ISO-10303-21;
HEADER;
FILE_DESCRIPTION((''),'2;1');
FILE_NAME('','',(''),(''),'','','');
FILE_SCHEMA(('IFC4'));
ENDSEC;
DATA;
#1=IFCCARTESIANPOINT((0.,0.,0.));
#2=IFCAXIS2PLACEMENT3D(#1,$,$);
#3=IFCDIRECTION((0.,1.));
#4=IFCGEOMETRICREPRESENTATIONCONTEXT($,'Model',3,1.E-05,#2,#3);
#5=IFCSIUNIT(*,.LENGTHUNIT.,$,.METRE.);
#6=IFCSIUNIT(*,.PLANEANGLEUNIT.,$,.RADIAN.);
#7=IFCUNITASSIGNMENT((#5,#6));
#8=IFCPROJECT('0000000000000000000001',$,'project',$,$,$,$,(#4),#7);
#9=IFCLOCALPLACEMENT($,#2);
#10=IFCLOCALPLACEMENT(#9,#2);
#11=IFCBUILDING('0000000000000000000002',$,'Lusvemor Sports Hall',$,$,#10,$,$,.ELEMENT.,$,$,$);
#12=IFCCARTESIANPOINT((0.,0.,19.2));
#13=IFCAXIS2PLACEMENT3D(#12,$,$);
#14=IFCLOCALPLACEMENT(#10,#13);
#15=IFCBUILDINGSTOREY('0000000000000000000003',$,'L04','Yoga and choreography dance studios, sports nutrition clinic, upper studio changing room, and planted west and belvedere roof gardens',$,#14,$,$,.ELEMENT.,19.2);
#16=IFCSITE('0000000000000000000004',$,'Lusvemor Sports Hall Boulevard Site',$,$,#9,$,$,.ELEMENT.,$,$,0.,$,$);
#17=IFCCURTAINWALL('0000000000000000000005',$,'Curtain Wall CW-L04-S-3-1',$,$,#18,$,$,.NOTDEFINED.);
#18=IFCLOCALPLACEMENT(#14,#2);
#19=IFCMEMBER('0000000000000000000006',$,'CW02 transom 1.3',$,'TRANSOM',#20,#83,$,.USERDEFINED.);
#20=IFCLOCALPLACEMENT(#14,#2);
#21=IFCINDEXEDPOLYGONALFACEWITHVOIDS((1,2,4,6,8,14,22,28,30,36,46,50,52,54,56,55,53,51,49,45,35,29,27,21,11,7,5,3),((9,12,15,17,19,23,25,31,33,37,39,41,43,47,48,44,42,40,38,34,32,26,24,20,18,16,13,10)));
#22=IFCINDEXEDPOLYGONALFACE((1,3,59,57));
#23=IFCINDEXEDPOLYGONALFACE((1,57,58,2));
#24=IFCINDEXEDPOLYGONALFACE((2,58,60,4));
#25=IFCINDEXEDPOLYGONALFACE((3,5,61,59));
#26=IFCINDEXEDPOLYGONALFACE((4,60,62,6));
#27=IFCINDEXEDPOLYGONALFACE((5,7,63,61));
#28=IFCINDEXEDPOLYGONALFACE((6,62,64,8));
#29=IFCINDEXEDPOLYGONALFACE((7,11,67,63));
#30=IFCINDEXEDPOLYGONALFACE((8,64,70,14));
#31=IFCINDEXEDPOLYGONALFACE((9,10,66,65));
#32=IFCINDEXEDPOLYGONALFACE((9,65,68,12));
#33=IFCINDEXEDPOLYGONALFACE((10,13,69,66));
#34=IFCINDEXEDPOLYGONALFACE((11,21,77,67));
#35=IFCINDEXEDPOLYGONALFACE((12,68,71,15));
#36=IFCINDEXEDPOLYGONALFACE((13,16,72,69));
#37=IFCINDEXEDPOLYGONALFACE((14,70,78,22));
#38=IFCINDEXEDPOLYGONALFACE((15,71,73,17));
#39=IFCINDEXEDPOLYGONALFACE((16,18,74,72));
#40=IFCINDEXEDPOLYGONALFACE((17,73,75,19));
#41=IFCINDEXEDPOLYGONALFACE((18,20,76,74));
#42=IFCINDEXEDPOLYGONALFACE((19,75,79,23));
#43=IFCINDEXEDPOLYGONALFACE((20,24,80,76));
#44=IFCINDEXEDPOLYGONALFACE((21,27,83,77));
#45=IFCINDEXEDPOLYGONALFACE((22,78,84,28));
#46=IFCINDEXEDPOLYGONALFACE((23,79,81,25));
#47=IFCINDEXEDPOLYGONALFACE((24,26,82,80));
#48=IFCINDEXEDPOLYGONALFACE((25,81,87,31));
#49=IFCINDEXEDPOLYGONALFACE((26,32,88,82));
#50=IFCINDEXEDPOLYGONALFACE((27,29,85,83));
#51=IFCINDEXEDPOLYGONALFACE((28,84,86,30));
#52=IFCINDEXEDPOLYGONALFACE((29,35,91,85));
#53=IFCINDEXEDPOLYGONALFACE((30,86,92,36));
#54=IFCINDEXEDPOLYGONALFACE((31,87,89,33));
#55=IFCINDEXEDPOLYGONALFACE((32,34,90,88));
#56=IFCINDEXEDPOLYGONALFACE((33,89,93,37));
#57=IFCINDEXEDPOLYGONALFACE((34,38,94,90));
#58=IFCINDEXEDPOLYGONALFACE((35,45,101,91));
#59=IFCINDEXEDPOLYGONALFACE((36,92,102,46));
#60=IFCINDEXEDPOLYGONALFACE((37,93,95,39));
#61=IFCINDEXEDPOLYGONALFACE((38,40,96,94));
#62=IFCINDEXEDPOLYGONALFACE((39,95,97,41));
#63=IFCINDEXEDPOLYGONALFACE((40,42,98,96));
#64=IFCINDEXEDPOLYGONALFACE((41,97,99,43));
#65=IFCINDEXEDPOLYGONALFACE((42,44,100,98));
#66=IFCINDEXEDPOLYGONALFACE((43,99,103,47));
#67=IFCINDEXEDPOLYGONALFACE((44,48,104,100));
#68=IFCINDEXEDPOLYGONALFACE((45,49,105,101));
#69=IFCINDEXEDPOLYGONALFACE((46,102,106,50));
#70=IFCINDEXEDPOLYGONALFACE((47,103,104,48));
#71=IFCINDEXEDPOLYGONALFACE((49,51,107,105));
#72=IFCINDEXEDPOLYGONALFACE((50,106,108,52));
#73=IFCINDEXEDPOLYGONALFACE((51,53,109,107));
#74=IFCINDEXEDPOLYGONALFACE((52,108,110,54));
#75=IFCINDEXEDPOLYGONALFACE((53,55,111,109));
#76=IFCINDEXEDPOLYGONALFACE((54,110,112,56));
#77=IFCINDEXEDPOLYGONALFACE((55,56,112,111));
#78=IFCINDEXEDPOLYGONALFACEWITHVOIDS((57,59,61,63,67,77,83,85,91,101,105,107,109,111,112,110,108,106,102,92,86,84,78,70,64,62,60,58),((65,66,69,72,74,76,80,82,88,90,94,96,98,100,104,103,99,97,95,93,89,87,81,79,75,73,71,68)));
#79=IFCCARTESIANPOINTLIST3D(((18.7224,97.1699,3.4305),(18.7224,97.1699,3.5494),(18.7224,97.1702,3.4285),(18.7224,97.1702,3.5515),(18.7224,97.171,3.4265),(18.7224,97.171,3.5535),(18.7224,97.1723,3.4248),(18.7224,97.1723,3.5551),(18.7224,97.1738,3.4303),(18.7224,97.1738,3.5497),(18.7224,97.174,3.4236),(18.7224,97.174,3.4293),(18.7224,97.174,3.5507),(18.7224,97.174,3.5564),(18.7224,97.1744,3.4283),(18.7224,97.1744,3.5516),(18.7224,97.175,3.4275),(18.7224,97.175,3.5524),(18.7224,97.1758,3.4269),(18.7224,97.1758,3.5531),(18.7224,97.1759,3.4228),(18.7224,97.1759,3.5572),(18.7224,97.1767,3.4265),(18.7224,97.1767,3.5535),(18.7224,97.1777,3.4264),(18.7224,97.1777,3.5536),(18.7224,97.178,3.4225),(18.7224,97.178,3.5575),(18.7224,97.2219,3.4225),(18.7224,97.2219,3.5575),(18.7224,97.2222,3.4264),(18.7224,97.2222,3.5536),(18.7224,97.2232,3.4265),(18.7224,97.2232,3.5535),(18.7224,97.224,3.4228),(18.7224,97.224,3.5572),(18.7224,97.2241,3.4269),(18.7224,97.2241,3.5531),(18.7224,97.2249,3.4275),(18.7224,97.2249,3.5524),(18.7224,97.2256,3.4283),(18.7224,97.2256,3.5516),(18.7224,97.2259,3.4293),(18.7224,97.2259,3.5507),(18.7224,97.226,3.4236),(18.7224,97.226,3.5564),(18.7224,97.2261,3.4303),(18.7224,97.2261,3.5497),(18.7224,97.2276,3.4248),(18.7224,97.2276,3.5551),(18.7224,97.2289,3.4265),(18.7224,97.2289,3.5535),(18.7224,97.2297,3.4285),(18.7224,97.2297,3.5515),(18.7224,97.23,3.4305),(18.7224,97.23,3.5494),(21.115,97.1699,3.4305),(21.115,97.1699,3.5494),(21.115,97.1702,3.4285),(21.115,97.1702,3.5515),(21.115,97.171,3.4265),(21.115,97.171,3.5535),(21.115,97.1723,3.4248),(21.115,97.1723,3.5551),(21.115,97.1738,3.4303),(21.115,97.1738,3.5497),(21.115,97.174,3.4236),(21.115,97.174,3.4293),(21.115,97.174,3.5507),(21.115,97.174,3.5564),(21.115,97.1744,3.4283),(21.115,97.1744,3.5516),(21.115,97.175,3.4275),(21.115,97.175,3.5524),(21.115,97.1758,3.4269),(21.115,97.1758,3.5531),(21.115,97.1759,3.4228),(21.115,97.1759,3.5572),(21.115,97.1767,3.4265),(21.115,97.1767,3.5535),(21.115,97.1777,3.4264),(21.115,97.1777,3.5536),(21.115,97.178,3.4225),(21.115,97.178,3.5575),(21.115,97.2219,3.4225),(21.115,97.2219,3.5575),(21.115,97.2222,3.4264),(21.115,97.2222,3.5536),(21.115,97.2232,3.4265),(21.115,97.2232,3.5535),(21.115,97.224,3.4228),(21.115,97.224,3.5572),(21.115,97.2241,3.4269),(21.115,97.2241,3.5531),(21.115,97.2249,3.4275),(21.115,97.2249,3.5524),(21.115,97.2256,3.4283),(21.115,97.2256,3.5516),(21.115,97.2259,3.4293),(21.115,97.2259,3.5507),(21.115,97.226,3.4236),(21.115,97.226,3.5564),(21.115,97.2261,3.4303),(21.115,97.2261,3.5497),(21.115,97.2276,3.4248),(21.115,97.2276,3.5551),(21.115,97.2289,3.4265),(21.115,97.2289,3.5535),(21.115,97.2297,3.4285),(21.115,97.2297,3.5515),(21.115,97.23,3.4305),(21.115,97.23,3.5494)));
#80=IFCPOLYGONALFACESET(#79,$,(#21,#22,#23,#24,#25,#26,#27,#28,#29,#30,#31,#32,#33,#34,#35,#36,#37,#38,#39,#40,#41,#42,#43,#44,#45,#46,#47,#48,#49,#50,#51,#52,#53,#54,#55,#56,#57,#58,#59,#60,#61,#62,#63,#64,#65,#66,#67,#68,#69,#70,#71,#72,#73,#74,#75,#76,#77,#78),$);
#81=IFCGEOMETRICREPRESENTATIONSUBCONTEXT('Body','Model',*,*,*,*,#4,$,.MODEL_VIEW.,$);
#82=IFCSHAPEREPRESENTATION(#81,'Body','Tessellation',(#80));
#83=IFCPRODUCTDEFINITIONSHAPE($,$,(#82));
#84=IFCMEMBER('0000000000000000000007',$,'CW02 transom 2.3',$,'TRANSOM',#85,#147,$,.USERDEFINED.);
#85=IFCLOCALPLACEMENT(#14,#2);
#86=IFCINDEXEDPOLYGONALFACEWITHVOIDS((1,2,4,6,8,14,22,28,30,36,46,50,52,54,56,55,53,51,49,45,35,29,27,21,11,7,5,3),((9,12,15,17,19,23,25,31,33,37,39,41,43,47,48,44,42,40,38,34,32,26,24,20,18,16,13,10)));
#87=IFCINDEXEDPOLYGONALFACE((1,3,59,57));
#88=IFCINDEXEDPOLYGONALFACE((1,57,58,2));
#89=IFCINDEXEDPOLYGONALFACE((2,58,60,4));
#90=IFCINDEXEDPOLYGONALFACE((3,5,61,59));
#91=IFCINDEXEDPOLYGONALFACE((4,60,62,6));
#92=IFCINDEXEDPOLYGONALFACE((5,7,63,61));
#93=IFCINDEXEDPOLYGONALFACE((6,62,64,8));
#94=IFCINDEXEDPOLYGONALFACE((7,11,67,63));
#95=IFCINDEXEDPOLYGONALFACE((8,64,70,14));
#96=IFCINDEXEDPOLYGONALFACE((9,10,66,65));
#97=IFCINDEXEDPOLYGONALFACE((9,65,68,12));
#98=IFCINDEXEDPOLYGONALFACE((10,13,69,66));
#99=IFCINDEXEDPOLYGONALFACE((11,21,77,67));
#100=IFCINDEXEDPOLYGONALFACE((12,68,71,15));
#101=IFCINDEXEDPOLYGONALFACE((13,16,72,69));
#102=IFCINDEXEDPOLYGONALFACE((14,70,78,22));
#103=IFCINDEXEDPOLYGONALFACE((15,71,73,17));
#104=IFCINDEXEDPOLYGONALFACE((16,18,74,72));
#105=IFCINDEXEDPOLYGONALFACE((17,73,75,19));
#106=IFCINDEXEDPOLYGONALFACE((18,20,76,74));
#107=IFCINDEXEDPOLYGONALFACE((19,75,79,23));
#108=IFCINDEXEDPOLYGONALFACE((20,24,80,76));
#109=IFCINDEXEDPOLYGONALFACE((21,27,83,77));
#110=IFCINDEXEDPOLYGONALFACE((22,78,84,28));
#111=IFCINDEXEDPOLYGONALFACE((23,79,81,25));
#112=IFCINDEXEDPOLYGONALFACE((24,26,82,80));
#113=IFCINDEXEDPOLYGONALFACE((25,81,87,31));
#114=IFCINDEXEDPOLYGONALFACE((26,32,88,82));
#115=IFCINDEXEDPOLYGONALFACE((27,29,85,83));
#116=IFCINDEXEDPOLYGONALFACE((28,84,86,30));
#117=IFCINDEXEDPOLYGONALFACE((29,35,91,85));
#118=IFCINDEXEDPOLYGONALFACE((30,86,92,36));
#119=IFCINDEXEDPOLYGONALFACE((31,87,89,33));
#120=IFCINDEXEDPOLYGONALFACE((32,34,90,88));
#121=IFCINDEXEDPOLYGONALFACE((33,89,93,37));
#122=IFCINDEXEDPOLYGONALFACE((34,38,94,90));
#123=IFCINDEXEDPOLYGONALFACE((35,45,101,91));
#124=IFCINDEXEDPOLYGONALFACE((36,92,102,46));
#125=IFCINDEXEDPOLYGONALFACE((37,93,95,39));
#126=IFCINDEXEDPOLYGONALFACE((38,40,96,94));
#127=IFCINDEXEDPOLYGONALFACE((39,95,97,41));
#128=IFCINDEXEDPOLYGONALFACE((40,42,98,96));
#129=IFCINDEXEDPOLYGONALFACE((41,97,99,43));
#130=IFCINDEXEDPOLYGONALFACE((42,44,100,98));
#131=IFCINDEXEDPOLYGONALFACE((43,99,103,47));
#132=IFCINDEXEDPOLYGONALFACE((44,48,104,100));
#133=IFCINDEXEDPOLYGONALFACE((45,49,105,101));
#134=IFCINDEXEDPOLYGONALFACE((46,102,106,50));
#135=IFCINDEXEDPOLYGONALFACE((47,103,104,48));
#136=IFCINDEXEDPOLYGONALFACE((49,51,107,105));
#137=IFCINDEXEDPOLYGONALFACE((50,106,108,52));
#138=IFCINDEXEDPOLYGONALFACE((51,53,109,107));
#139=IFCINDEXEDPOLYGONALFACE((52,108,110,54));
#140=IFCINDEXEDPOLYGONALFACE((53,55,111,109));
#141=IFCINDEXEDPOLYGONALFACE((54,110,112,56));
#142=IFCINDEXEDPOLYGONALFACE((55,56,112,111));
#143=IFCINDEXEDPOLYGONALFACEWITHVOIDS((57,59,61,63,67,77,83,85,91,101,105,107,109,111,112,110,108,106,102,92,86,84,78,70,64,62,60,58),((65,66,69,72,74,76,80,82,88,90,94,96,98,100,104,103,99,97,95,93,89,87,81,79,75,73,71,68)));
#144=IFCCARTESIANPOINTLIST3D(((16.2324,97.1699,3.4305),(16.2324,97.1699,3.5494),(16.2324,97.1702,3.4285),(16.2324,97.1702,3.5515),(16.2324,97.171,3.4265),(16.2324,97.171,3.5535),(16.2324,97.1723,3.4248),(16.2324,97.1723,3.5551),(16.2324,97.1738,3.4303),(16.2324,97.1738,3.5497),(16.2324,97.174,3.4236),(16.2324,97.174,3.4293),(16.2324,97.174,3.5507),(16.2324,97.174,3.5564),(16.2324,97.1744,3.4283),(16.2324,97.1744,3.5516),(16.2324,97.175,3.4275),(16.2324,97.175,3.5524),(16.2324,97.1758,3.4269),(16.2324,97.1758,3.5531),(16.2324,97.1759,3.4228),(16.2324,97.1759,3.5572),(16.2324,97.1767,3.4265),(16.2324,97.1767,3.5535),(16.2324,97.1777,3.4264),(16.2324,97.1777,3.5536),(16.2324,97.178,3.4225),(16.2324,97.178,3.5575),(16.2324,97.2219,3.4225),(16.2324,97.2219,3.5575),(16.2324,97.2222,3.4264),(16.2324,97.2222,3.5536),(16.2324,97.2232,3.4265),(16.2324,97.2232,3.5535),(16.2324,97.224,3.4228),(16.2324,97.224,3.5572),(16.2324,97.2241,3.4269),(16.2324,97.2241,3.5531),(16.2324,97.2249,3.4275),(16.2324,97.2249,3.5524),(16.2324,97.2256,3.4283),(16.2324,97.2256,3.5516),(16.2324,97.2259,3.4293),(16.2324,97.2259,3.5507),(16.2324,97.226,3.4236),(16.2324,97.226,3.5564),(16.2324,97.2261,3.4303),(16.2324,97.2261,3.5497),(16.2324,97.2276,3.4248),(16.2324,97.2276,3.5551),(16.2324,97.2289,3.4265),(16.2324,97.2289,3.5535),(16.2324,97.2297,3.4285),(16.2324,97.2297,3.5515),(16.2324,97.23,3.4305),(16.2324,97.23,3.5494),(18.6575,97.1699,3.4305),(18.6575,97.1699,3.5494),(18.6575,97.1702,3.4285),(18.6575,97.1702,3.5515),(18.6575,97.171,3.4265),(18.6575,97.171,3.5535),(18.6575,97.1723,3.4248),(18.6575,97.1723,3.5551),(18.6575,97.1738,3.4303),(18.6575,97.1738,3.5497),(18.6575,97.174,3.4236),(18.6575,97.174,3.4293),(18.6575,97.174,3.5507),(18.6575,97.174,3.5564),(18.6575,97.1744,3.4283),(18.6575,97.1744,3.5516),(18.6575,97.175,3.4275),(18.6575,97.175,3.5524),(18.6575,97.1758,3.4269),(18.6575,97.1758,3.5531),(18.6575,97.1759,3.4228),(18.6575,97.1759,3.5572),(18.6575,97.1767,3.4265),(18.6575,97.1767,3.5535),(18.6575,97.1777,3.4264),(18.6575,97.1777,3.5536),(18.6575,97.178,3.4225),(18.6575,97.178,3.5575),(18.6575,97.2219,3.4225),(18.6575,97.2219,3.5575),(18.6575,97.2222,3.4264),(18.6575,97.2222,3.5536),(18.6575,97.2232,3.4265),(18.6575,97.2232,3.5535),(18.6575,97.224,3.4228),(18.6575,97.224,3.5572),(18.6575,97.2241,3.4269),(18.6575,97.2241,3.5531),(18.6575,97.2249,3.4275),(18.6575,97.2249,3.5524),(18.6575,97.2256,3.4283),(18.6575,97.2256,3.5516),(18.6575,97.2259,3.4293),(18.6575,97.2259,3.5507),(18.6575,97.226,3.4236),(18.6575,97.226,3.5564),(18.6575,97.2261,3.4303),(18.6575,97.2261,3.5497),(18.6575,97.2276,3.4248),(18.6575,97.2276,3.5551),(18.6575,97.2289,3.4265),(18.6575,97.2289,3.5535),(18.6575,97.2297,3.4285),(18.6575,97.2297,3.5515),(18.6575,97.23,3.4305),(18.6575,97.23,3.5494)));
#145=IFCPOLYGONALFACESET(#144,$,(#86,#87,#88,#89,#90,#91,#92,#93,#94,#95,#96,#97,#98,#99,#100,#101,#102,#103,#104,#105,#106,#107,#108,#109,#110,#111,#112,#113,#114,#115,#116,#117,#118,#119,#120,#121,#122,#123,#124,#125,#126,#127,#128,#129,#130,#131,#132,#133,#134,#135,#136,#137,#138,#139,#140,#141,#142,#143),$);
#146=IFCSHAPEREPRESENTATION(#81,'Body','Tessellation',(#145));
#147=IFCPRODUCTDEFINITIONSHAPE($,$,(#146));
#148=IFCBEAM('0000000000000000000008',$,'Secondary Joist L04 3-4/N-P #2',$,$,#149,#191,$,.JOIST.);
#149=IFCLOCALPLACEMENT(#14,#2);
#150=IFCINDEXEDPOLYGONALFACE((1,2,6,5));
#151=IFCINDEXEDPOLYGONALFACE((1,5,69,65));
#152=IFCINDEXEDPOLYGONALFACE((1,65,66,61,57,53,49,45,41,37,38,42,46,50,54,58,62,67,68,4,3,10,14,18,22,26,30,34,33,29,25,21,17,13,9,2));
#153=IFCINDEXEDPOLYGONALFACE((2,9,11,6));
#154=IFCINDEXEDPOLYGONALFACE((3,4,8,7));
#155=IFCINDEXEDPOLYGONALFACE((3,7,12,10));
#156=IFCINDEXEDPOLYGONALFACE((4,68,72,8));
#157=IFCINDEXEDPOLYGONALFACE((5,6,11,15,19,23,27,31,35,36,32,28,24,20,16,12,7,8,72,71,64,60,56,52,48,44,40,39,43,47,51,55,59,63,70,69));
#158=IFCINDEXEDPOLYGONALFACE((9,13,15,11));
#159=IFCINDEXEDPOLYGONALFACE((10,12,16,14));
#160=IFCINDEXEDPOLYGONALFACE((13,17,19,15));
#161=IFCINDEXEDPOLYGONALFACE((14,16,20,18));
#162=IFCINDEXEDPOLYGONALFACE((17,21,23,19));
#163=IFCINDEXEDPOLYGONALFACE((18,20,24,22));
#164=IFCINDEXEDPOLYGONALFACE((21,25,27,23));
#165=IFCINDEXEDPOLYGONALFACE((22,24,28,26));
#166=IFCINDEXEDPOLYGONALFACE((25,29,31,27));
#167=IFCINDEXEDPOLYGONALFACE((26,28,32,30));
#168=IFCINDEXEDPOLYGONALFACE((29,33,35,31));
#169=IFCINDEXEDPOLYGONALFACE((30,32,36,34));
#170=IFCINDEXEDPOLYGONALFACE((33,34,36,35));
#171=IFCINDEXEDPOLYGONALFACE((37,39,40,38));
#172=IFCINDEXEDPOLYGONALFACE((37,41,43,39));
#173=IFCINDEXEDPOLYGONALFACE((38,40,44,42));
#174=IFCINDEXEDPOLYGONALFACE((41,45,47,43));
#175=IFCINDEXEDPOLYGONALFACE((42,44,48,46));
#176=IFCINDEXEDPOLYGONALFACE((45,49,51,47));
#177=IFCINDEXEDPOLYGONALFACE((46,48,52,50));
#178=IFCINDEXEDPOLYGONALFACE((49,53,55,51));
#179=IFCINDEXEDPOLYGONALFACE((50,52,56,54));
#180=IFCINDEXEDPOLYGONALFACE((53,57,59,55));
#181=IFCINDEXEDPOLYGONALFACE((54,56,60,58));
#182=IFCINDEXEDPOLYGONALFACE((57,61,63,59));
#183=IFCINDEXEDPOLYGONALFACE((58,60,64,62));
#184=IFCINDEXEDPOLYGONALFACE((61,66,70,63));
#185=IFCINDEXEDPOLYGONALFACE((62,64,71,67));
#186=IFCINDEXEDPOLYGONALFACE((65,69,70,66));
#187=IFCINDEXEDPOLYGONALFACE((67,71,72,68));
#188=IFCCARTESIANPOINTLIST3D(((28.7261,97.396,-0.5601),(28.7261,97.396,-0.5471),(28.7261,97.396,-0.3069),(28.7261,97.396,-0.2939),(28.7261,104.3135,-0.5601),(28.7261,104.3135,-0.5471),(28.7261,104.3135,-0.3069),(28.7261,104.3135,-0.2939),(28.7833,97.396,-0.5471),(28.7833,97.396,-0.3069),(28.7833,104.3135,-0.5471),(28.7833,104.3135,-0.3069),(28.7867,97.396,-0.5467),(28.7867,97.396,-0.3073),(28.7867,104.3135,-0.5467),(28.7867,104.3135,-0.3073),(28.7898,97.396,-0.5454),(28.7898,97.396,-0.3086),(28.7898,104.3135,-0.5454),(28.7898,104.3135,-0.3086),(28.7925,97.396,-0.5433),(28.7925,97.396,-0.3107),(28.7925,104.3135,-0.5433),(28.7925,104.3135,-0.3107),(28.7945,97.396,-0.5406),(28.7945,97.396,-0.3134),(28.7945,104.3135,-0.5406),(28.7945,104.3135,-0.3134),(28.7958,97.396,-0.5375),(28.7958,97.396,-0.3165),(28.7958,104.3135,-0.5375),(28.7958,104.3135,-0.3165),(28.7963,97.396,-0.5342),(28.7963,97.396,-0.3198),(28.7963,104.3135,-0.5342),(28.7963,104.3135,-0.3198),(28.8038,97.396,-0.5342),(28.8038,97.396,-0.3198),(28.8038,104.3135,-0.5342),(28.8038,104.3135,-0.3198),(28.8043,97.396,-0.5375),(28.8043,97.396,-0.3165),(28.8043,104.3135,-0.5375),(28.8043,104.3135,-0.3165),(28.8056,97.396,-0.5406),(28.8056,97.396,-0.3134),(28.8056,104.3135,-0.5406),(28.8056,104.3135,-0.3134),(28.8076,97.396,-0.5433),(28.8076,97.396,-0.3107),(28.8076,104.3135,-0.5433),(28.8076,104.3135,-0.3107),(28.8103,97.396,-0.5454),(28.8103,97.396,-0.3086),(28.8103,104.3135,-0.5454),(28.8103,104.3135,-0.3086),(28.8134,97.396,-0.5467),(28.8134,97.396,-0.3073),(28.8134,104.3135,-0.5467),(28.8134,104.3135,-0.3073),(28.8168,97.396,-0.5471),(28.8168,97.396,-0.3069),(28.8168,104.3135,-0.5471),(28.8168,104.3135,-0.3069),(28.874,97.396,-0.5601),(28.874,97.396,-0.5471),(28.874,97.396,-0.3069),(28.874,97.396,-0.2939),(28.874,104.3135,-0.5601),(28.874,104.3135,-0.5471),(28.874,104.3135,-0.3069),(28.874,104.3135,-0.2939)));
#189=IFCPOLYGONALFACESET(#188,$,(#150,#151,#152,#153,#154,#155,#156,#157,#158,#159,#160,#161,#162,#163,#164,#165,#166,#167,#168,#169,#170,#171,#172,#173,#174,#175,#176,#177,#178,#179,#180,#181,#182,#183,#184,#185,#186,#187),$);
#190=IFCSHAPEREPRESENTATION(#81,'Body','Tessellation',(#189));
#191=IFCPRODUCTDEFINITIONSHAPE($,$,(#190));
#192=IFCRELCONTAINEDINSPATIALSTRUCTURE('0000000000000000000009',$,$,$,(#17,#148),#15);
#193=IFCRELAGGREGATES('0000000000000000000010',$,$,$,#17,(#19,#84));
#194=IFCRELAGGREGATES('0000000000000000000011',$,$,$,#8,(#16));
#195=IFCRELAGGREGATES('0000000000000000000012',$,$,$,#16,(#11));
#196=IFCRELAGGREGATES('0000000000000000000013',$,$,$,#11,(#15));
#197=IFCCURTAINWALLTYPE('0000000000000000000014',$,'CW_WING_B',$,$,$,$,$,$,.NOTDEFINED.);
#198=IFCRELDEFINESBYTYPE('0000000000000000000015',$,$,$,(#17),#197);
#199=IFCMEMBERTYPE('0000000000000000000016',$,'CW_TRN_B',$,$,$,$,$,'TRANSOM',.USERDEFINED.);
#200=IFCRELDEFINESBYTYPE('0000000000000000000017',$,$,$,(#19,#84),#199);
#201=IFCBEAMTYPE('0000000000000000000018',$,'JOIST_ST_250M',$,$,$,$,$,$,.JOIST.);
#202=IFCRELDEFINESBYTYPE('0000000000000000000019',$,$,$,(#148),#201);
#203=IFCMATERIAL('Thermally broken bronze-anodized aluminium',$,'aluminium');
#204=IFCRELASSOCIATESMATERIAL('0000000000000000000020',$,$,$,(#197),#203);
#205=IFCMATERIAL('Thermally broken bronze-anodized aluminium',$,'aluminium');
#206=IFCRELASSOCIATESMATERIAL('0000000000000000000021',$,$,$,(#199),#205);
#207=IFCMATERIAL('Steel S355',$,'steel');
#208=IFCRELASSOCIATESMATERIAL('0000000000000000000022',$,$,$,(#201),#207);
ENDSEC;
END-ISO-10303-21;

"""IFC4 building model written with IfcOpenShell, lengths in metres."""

from ifc_helpers import new_model, si_unit, direction, frame, origin, origin_2d, place, context, subcontext, project, spatial, hollow_rectangle, i_section, extrude, material, material_profile, profile_set, type_object, element, aggregate, save


model = new_model("IFC4")

# Units and contexts
model_context = context("Model", 3, precision=1e-05, world=origin(), true_north=direction((0.0, 1.0)))
body_context = subcontext(model_context, "Body", "Model", "MODEL_VIEW")
ifc_project = project(units=[si_unit("LENGTHUNIT", "METRE"), si_unit("PLANEANGLEUNIT", "RADIAN")], contexts=[model_context])

# Site, building, storey
site_placement = place(None, origin())
site = spatial("IfcSite", under=ifc_project, at=site_placement, Name="Lusvemor Sports Hall Boulevard Site", CompositionType="ELEMENT", RefElevation=0.0)
building_placement = place(site_placement, origin())
building = spatial("IfcBuilding", under=site, at=building_placement, Name="Lusvemor Sports Hall", CompositionType="ELEMENT")
storey_placement = place(building_placement, frame((0.0, 0.0, 19.2)))
storey = spatial("IfcBuildingStorey", under=building, at=storey_placement, Name="L04", Description="Yoga and choreography dance studios, sports nutrition clinic, upper studio changing room, and planted west and belvedere roof gardens", CompositionType="ELEMENT", Elevation=19.2)

# Curtain wall
ifc_material_1 = material(Name="Thermally broken bronze-anodized aluminium", Category="aluminium")
curtain_wall_type = type_object("IfcCurtainWallType", Name="CW_WING_B", PredefinedType="NOTDEFINED", material=ifc_material_1)
curtain_wall_1_placement = place(storey_placement, origin())
curtain_wall_1 = element("IfcCurtainWall", 1, at=curtain_wall_1_placement, inside=storey, type_object=curtain_wall_type, Name="Curtain Wall CW-L04-S-3-1", PredefinedType="NOTDEFINED")

# Members
ifc_material_2 = material(Name="Thermally broken bronze-anodized aluminium", Category="aluminium")
ifc_material_profile_1 = material_profile(ifc_material_2, hollow_rectangle(XDim=0.0601, YDim=0.135, WallThickness=0.0039, InnerFilletRadius=0.0039, OuterFilletRadius=0.0081, at=origin_2d()), Name="CWTRN135x60x4")
ifc_profile_set_1 = profile_set([ifc_material_profile_1], Name="Thermally broken bronze-anodized aluminium")
member_type_1 = type_object("IfcMemberType", Name="CW_TRN_B", ElementType="TRANSOM", PredefinedType="USERDEFINED", material=ifc_profile_set_1)
member_1_placement = place(storey_placement, frame((21.115, 97.2, 3.49), z_axis=(-1.0, 0.0, 0.0), x_axis=(0.0, -1.0, 0.0)))
member_1 = element("IfcMember", 2, at=member_1_placement, type_object=member_type_1, Name="CW02 transom 1.3", ObjectType="TRANSOM", PredefinedType="USERDEFINED", context=body_context, shape_type="SweptSolid", body=[
    extrude(hollow_rectangle(XDim=0.0601, YDim=0.135, WallThickness=0.0039, InnerFilletRadius=0.0039, OuterFilletRadius=0.0081, at=origin_2d()), origin(), (0.0, 0.0, 1.0), 2.3926),
])
member_2_placement = place(storey_placement, frame((18.6575, 97.2, 3.49), z_axis=(-1.0, 0.0, 0.0), x_axis=(0.0, -1.0, 0.0)))
member_2 = element("IfcMember", 3, at=member_2_placement, type_object=member_type_1, Name="CW02 transom 2.3", ObjectType="TRANSOM", PredefinedType="USERDEFINED", context=body_context, shape_type="SweptSolid", body=[
    extrude(hollow_rectangle(XDim=0.0601, YDim=0.135, WallThickness=0.0039, InnerFilletRadius=0.0039, OuterFilletRadius=0.0081, at=origin_2d()), origin(), (0.0, 0.0, 1.0), 2.425),
])

# Beam
ifc_material_3 = material(Name="Steel S355", Category="steel")
ifc_material_profile_2 = material_profile(ifc_material_3, i_section(OverallWidth=0.1479, OverallDepth=0.2661, WebThickness=0.0076, FlangeThickness=0.0129, FilletRadius=0.0129, at=origin_2d()), Name="W250x44.8")
ifc_profile_set_2 = profile_set([ifc_material_profile_2], Name="Steel S355")
beam_type_1 = type_object("IfcBeamType", Name="JOIST_ST_250M", PredefinedType="JOIST", material=ifc_profile_set_2)
beam_1_placement = place(storey_placement, frame((28.8, 97.396, -0.427), z_axis=(0.0, 1.0, 0.0), x_axis=(-1.0, 0.0, 0.0)))
element("IfcBeam", 4, at=beam_1_placement, inside=storey, type_object=beam_type_1, Name="Secondary Joist L04 3-4/N-P #2", PredefinedType="JOIST", context=body_context, shape_type="SweptSolid", body=[
    extrude(i_section(OverallWidth=0.1479, OverallDepth=0.2661, WebThickness=0.0076, FlangeThickness=0.0129, FilletRadius=0.0129, at=origin_2d()), origin(), (0.0, 0.0, 1.0), 6.9175),
])

aggregate(curtain_wall_1, [member_1, member_2])

save(model, "model.ifc")
